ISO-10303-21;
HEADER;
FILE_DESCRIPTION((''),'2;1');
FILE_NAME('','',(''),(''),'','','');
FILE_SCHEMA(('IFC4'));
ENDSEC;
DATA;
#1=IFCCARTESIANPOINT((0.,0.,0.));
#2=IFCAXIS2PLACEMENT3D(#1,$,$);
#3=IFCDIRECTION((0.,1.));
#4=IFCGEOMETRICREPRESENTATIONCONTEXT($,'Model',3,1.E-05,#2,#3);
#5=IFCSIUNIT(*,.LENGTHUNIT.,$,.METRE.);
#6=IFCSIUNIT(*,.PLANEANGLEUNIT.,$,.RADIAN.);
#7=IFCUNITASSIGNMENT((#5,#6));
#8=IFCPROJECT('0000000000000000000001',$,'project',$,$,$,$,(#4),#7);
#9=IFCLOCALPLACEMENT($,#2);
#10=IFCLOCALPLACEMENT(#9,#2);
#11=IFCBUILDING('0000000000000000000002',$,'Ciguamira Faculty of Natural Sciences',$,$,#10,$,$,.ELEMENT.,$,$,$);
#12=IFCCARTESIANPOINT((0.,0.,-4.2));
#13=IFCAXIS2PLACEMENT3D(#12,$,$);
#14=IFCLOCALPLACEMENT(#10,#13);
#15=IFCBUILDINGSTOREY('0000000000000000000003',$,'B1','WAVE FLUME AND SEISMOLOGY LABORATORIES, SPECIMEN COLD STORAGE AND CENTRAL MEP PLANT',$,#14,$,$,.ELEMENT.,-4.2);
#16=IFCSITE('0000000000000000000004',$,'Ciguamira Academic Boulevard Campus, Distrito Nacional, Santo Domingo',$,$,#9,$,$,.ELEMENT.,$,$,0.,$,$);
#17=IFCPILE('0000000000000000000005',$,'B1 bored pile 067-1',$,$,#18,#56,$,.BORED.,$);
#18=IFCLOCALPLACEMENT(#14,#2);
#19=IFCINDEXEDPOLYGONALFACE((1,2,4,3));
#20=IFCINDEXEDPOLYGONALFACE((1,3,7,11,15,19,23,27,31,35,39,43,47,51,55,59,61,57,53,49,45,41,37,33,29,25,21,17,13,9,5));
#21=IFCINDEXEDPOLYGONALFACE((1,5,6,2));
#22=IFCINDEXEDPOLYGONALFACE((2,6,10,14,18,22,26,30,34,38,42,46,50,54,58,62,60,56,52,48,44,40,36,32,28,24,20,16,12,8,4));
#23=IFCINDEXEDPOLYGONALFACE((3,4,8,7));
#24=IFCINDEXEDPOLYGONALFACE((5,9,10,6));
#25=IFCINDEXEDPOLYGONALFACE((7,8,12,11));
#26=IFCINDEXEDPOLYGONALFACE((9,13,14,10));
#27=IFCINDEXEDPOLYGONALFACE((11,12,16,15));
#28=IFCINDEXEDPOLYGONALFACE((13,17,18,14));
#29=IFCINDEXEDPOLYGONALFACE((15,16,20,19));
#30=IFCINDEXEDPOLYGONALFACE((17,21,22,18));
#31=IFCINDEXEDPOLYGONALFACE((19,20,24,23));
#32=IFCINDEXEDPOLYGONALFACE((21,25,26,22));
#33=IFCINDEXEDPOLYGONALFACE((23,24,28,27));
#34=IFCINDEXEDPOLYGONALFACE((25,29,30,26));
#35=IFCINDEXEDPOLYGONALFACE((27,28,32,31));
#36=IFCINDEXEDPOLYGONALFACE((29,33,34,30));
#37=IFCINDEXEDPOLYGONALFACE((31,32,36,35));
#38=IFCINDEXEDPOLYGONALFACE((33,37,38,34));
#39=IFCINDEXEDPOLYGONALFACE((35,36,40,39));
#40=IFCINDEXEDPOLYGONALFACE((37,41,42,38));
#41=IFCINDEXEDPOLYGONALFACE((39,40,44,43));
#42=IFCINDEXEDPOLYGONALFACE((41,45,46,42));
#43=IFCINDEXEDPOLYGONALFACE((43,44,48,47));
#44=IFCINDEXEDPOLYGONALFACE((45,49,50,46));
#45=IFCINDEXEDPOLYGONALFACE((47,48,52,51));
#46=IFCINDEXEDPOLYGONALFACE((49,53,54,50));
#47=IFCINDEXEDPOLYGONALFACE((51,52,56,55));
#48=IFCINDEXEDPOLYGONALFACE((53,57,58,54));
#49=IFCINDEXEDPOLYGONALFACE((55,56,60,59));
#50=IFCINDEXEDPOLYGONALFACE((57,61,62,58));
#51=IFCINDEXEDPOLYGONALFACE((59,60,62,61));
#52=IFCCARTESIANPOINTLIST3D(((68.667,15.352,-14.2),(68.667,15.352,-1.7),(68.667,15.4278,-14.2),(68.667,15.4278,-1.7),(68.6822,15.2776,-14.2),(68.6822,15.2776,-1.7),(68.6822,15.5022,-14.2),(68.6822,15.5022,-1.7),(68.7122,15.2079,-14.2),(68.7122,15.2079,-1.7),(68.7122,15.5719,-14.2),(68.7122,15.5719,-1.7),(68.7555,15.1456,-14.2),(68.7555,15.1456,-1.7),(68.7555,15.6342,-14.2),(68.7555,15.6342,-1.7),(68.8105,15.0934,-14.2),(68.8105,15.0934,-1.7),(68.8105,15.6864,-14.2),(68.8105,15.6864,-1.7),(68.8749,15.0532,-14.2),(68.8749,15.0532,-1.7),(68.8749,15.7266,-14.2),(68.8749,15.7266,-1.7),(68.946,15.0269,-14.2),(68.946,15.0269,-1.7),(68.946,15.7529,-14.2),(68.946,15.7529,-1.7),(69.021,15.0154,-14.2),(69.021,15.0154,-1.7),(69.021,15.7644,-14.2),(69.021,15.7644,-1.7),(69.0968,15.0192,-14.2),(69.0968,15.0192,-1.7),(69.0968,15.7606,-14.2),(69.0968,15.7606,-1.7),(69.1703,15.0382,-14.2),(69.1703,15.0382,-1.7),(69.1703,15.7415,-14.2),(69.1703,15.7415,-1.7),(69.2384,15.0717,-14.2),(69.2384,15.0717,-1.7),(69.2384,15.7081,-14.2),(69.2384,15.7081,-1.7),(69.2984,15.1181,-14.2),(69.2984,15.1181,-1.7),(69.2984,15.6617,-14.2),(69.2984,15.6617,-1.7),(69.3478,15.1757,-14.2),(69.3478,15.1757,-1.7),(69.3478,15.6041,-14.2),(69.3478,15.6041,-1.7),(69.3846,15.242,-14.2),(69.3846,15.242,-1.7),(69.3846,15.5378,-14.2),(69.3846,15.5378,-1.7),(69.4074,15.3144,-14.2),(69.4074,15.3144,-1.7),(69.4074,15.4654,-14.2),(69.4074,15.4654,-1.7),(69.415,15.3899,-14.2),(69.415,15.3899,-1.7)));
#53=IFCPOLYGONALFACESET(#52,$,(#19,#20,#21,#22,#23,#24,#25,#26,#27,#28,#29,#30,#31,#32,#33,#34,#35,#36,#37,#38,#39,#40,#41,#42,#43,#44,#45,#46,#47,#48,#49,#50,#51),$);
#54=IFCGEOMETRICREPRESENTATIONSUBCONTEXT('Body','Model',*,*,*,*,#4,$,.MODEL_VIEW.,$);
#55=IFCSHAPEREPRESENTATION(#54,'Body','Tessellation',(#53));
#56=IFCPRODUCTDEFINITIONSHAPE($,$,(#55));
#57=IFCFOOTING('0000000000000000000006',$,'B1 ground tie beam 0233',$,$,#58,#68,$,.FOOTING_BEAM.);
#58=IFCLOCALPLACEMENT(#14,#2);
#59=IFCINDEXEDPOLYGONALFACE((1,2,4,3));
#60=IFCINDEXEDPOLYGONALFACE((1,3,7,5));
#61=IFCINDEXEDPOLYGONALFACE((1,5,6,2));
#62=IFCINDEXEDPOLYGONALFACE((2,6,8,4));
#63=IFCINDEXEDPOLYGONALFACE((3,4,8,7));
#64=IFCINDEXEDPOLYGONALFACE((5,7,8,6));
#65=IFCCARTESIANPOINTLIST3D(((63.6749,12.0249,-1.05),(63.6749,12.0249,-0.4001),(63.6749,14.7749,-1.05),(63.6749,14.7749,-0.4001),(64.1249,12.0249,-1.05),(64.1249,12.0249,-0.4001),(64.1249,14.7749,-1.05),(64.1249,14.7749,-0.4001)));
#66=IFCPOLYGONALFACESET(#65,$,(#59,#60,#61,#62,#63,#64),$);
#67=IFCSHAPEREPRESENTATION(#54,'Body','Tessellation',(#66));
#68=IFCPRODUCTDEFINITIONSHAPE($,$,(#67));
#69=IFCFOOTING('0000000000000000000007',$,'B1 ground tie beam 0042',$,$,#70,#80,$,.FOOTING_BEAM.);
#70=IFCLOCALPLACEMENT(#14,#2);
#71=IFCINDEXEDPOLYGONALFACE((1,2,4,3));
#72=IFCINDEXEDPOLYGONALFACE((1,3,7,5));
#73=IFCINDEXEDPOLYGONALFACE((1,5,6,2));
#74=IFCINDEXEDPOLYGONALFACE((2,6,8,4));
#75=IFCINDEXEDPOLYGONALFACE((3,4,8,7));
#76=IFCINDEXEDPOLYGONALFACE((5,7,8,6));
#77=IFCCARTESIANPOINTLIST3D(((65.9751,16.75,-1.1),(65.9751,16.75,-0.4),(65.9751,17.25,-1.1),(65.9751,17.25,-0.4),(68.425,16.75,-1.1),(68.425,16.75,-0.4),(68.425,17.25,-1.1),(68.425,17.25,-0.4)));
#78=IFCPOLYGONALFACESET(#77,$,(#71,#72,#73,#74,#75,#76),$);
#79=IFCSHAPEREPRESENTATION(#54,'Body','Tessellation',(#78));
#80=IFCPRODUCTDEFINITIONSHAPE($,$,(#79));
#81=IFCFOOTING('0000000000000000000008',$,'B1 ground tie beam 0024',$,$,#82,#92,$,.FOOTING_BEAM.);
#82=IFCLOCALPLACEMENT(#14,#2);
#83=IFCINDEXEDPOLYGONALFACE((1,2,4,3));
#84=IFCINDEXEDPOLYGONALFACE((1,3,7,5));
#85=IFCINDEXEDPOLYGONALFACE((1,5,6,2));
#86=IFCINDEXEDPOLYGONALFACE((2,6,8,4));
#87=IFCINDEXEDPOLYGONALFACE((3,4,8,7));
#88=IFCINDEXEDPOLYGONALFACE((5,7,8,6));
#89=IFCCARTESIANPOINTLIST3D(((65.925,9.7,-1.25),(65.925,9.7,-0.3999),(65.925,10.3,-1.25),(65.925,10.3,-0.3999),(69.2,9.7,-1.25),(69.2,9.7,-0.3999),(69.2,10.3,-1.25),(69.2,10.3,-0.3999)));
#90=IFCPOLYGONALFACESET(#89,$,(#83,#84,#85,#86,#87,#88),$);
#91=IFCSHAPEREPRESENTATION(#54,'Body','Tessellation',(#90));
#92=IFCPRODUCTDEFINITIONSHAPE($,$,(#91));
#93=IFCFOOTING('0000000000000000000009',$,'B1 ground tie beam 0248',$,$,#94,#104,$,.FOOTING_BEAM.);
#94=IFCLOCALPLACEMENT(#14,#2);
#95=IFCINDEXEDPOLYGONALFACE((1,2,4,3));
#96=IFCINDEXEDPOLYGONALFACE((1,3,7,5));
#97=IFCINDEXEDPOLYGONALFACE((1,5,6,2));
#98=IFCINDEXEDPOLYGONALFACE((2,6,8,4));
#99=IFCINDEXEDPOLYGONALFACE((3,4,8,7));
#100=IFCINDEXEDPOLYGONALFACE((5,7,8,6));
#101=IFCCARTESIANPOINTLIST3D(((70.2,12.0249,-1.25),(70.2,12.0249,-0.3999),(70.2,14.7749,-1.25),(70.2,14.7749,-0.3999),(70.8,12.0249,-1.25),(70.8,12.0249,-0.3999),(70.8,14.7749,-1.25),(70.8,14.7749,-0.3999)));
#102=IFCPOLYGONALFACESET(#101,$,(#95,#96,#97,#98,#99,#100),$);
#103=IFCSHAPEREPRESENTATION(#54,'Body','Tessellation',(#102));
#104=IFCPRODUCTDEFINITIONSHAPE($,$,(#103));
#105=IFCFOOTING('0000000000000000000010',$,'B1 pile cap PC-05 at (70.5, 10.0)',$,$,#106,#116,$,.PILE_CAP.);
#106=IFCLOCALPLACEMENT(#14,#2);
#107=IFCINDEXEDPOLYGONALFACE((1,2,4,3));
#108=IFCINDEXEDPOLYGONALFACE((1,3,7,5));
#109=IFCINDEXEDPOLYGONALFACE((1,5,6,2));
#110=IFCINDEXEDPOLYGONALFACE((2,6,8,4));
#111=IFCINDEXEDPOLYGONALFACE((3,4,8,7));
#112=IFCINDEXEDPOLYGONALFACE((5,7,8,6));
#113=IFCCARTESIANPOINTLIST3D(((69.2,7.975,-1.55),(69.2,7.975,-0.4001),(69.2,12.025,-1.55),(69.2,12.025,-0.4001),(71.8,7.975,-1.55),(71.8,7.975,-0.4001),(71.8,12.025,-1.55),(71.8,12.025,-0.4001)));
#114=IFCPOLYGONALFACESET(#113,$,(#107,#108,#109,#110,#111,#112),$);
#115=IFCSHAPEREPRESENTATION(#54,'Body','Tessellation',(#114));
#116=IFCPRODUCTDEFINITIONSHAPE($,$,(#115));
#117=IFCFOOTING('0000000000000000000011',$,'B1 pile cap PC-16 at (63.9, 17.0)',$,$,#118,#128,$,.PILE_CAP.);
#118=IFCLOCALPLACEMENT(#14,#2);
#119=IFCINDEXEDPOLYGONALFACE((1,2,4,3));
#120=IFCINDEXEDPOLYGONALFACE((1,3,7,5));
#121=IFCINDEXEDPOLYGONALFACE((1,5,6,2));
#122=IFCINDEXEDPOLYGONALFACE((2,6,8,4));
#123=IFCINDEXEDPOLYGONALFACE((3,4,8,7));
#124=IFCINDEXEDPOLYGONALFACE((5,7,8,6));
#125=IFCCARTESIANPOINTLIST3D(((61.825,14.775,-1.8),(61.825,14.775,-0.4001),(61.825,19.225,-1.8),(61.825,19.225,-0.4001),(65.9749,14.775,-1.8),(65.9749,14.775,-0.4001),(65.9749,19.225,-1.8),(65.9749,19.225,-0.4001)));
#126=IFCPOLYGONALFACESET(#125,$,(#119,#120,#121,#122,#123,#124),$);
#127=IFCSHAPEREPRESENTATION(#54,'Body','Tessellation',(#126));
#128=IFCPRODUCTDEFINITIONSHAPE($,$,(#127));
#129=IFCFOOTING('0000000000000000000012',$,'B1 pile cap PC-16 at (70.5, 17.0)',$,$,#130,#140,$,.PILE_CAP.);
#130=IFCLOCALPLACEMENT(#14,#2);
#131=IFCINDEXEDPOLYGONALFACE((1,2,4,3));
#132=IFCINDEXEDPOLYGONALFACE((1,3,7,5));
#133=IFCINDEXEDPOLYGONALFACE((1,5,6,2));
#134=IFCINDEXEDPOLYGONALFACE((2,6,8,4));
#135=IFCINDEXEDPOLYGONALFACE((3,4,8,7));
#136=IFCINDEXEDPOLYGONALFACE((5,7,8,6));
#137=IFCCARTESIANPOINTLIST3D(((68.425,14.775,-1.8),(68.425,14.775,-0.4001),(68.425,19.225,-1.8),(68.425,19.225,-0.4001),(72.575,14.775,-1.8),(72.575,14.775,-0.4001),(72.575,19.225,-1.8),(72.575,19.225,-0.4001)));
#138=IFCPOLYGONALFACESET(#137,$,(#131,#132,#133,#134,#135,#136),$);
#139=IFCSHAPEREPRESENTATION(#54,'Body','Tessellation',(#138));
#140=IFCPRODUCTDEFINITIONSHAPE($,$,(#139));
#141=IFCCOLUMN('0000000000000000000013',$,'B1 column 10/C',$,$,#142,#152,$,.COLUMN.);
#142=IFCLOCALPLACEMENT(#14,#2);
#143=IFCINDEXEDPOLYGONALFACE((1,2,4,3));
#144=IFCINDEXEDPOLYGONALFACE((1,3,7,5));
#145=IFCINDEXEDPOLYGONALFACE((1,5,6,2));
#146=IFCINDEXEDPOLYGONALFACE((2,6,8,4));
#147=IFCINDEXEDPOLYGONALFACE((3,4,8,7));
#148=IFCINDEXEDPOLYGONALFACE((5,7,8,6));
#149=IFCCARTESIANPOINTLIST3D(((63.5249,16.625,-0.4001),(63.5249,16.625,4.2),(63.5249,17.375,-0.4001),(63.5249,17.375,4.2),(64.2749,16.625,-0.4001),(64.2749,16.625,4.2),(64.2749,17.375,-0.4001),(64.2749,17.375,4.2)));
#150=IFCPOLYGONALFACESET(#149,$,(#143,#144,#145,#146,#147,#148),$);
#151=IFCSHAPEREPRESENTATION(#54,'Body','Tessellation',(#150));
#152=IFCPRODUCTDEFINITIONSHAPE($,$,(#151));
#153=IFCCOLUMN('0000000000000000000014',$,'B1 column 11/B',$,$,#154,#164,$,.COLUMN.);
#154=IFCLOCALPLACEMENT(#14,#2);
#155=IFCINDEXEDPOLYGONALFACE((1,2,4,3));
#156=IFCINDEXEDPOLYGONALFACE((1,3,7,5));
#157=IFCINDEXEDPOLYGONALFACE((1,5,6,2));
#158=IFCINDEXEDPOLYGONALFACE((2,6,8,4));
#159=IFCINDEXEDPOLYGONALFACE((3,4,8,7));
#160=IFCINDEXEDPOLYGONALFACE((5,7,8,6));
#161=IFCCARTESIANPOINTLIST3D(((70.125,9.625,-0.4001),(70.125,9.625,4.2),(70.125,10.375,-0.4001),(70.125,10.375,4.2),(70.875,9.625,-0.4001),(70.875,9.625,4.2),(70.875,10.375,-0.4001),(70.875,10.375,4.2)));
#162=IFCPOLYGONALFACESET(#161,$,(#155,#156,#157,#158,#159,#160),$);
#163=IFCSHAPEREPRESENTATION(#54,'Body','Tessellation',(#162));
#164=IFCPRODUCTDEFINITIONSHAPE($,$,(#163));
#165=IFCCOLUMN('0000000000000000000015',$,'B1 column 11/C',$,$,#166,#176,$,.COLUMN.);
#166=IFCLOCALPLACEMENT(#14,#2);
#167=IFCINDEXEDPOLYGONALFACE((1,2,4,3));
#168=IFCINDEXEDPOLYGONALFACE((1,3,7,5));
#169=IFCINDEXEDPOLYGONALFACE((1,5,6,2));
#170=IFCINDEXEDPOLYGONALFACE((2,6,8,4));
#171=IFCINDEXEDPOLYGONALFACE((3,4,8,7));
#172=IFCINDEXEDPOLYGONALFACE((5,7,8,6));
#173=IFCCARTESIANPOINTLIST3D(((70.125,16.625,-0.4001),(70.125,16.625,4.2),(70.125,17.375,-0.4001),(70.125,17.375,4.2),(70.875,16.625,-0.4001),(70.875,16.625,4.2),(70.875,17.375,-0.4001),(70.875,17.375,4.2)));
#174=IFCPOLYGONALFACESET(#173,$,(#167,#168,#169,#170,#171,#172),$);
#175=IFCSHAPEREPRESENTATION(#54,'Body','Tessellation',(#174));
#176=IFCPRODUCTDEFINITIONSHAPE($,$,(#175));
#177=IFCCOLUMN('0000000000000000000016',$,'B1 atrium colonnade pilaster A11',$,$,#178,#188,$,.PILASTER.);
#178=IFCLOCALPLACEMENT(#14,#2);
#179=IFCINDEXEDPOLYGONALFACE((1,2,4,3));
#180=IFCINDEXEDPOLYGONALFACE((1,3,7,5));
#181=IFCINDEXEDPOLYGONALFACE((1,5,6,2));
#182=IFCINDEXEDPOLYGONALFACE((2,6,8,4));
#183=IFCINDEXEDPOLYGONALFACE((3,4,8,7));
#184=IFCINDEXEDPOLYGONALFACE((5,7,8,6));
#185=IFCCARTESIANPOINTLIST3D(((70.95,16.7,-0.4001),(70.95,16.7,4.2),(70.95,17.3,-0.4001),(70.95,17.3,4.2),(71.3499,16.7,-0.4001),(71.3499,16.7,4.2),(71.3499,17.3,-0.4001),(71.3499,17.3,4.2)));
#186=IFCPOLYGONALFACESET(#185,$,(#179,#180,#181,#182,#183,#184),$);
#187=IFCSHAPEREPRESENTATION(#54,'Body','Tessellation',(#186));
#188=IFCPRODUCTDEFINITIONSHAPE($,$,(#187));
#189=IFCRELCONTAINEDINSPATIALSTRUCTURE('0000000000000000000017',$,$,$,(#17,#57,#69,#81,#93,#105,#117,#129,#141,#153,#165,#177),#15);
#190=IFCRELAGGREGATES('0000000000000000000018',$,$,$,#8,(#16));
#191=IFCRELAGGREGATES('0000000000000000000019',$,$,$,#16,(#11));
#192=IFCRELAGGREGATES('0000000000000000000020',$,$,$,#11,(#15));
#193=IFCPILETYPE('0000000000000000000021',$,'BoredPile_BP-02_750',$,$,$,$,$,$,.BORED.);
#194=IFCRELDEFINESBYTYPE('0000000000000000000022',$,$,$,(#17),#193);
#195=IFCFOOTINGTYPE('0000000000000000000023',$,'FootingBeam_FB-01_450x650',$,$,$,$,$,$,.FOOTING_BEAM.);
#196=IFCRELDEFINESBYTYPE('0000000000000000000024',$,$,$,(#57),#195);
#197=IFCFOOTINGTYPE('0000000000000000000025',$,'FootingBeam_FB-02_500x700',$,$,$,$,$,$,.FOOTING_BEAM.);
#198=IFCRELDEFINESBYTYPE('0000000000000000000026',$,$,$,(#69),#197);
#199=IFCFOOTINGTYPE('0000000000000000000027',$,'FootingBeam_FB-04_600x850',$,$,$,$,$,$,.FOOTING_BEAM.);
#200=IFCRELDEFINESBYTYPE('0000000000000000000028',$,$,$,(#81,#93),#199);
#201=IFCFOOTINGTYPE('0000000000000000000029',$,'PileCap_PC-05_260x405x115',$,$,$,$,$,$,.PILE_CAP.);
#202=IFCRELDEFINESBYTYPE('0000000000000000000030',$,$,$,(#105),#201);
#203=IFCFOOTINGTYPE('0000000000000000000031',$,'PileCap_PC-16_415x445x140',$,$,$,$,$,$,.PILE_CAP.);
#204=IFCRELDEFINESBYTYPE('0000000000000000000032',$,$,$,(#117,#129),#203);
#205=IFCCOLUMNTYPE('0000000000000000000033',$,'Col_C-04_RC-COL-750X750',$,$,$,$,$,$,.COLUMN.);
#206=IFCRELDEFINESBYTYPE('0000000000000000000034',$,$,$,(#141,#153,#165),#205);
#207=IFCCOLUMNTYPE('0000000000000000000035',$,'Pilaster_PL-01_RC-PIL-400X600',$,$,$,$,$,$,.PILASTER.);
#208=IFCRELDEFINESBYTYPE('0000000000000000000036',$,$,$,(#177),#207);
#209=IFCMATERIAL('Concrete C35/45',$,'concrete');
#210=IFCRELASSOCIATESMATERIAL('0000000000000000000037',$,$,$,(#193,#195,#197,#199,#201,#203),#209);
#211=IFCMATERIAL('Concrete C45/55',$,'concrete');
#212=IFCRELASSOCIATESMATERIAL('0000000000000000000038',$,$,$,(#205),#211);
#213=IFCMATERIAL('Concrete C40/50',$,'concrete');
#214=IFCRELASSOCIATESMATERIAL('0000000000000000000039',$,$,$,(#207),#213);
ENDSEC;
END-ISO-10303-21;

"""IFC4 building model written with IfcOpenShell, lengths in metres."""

from ifc_helpers import new_model, si_unit, direction, frame, origin, origin_2d, place, context, subcontext, project, spatial, rectangle, circle, extrude, material, material_profile, profile_set, type_object, element, save


model = new_model("IFC4")

# Units and contexts
model_context = context("Model", 3, precision=1e-05, world=origin(), true_north=direction((0.0, 1.0)))
body_context = subcontext(model_context, "Body", "Model", "MODEL_VIEW")
ifc_project = project(units=[si_unit("LENGTHUNIT", "METRE"), si_unit("PLANEANGLEUNIT", "RADIAN")], contexts=[model_context])

# Site, building, storey
site_placement = place(None, origin())
site = spatial("IfcSite", under=ifc_project, at=site_placement, Name="Ciguamira Academic Boulevard Campus, Distrito Nacional, Santo Domingo", CompositionType="ELEMENT", RefElevation=0.0)
building_placement = place(site_placement, origin())
building = spatial("IfcBuilding", under=site, at=building_placement, Name="Ciguamira Faculty of Natural Sciences", CompositionType="ELEMENT")
storey_placement = place(building_placement, frame((0.0, 0.0, -4.2)))
storey = spatial("IfcBuildingStorey", under=building, at=storey_placement, Name="B1", Description="WAVE FLUME AND SEISMOLOGY LABORATORIES, SPECIMEN COLD STORAGE AND CENTRAL MEP PLANT", CompositionType="ELEMENT", Elevation=-4.2)

# Pile
ifc_material_1 = material(Name="Concrete C35/45", Category="concrete")
ifc_material_profile_1 = material_profile(ifc_material_1, circle(Radius=0.375, at=origin_2d()), Name="PILE-BORED-750")
ifc_profile_set_1 = profile_set([ifc_material_profile_1], Name="Concrete C35/45")
pile_type = type_object("IfcPileType", Name="BoredPile_BP-02_750", PredefinedType="BORED", material=ifc_profile_set_1)
pile_1_placement = place(storey_placement, frame((69.04, 15.3899, -1.7), z_axis=(0.0, 0.0, -1.0), x_axis=(1.0, 0.0, 0.0)))
element("IfcPile", 1, at=pile_1_placement, inside=storey, type_object=pile_type, Name="B1 bored pile 067-1", PredefinedType="BORED", context=body_context, shape_type="SweptSolid", body=[
    extrude(circle(Radius=0.375, at=origin_2d()), origin(), (0.0, 0.0, 1.0), 12.5),
])

# Footings
ifc_material_profile_2 = material_profile(ifc_material_1, rectangle(XDim=0.45, YDim=0.6499, at=origin_2d()), Name="RC-FB-450X650")
ifc_profile_set_2 = profile_set([ifc_material_profile_2], Name="Concrete C35/45")
footing_type_1 = type_object("IfcFootingType", Name="FootingBeam_FB-01_450x650", PredefinedType="FOOTING_BEAM", material=ifc_profile_set_2)
footing_1_placement = place(storey_placement, frame((63.8999, 12.0249, -0.7251), z_axis=(0.0, 1.0, 0.0), x_axis=(-1.0, 0.0, 0.0)))
element("IfcFooting", 2, at=footing_1_placement, inside=storey, type_object=footing_type_1, Name="B1 ground tie beam 0233", PredefinedType="FOOTING_BEAM", context=body_context, shape_type="SweptSolid", body=[
    extrude(rectangle(XDim=0.45, YDim=0.6499, at=origin_2d()), origin(), (0.0, 0.0, 1.0), 2.75),
])
ifc_material_profile_3 = material_profile(ifc_material_1, rectangle(XDim=0.5, YDim=0.7, at=origin_2d()), Name="RC-FB-500X700")
ifc_profile_set_3 = profile_set([ifc_material_profile_3], Name="Concrete C35/45")
footing_type_2 = type_object("IfcFootingType", Name="FootingBeam_FB-02_500x700", PredefinedType="FOOTING_BEAM", material=ifc_profile_set_3)
footing_2_placement = place(storey_placement, frame((65.9751, 17.0, -0.75), z_axis=(1.0, 0.0, 0.0), x_axis=(0.0, 1.0, 0.0)))
element("IfcFooting", 3, at=footing_2_placement, inside=storey, type_object=footing_type_2, Name="B1 ground tie beam 0042", PredefinedType="FOOTING_BEAM", context=body_context, shape_type="SweptSolid", body=[
    extrude(rectangle(XDim=0.5, YDim=0.7, at=origin_2d()), origin(), (0.0, 0.0, 1.0), 2.45),
])
ifc_material_profile_4 = material_profile(ifc_material_1, rectangle(XDim=0.6001, YDim=0.8501, at=origin_2d()), Name="RC-FB-600X850")
ifc_profile_set_4 = profile_set([ifc_material_profile_4], Name="Concrete C35/45")
footing_type_3 = type_object("IfcFootingType", Name="FootingBeam_FB-04_600x850", PredefinedType="FOOTING_BEAM", material=ifc_profile_set_4)
footing_3_placement = place(storey_placement, frame((65.925, 10.0, -0.825), z_axis=(1.0, 0.0, 0.0), x_axis=(0.0, 1.0, 0.0)))
element("IfcFooting", 4, at=footing_3_placement, inside=storey, type_object=footing_type_3, Name="B1 ground tie beam 0024", PredefinedType="FOOTING_BEAM", context=body_context, shape_type="SweptSolid", body=[
    extrude(rectangle(XDim=0.6001, YDim=0.8501, at=origin_2d()), origin(), (0.0, 0.0, 1.0), 3.2749),
])
footing_4_placement = place(storey_placement, frame((70.5, 12.0249, -0.825), z_axis=(0.0, 1.0, 0.0), x_axis=(-1.0, 0.0, 0.0)))
element("IfcFooting", 5, at=footing_4_placement, inside=storey, type_object=footing_type_3, Name="B1 ground tie beam 0248", PredefinedType="FOOTING_BEAM", context=body_context, shape_type="SweptSolid", body=[
    extrude(rectangle(XDim=0.6001, YDim=0.8501, at=origin_2d()), origin(), (0.0, 0.0, 1.0), 2.75),
])
footing_type_4 = type_object("IfcFootingType", Name="PileCap_PC-05_260x405x115", PredefinedType="PILE_CAP", material=ifc_material_1)
footing_5_placement = place(storey_placement, frame((70.5, 10.0, -1.55), z_axis=(0.0, 0.0, 1.0), x_axis=(1.0, 0.0, 0.0)))
element("IfcFooting", 6, at=footing_5_placement, inside=storey, type_object=footing_type_4, Name="B1 pile cap PC-05 at (70.5, 10.0)", PredefinedType="PILE_CAP", context=body_context, shape_type="SweptSolid", body=[
    extrude(rectangle(XDim=2.6001, YDim=4.05, at=origin_2d()), origin(), (0.0, 0.0, 1.0), 1.1499),
])
footing_type_5 = type_object("IfcFootingType", Name="PileCap_PC-16_415x445x140", PredefinedType="PILE_CAP", material=ifc_material_1)
for number, where, z_axis, x_axis, name in (
    (7, (63.8999, 17.0, -1.8), (0.0, 0.0, 1.0), (1.0, 0.0, 0.0), "B1 pile cap PC-16 at (63.9, 17.0)"),
    (8, (70.5, 17.0, -1.8), (0.0, 0.0, 1.0), (1.0, 0.0, 0.0), "B1 pile cap PC-16 at (70.5, 17.0)"),
):
    element("IfcFooting", number, at=place(storey_placement, frame(where, z_axis=z_axis, x_axis=x_axis)), inside=storey, type_object=footing_type_5, Name=name, PredefinedType="PILE_CAP", context=body_context, shape_type="SweptSolid", body=[
        extrude(rectangle(XDim=4.1499, YDim=4.45, at=origin_2d()), origin(), (0.0, 0.0, 1.0), 1.3999),
    ])

# Columns
ifc_material_2 = material(Name="Concrete C45/55", Category="concrete")
ifc_material_profile_5 = material_profile(ifc_material_2, rectangle(XDim=0.75, YDim=0.75, at=origin_2d()), Name="RC-COL-750X750")
ifc_profile_set_5 = profile_set([ifc_material_profile_5], Name="Concrete C45/55")
column_type_1 = type_object("IfcColumnType", Name="Col_C-04_RC-COL-750X750", PredefinedType="COLUMN", material=ifc_profile_set_5)
for number, where, z_axis, x_axis, name in (
    (9, (63.8999, 17.0, -0.4001), (0.0, 0.0, 1.0), (1.0, 0.0, 0.0), "B1 column 10/C"),
    (10, (70.5, 10.0, -0.4001), (0.0, 0.0, 1.0), (1.0, 0.0, 0.0), "B1 column 11/B"),
    (11, (70.5, 17.0, -0.4001), (0.0, 0.0, 1.0), (1.0, 0.0, 0.0), "B1 column 11/C"),
):
    element("IfcColumn", number, at=place(storey_placement, frame(where, z_axis=z_axis, x_axis=x_axis)), inside=storey, type_object=column_type_1, Name=name, PredefinedType="COLUMN", context=body_context, shape_type="SweptSolid", body=[
        extrude(rectangle(XDim=0.75, YDim=0.75, at=origin_2d()), origin(), (0.0, 0.0, 1.0), 4.6001),
    ])
ifc_material_3 = material(Name="Concrete C40/50", Category="concrete")
ifc_material_profile_6 = material_profile(ifc_material_3, rectangle(XDim=0.3999, YDim=0.6001, at=origin_2d()), Name="RC-PIL-400X600")
ifc_profile_set_6 = profile_set([ifc_material_profile_6], Name="Concrete C40/50")
column_type_2 = type_object("IfcColumnType", Name="Pilaster_PL-01_RC-PIL-400X600", PredefinedType="PILASTER", material=ifc_profile_set_6)
column_placement = place(storey_placement, frame((71.1499, 17.0, -0.4001), z_axis=(0.0, 0.0, 1.0), x_axis=(1.0, 0.0, 0.0)))
element("IfcColumn", 12, at=column_placement, inside=storey, type_object=column_type_2, Name="B1 atrium colonnade pilaster A11", PredefinedType="PILASTER", context=body_context, shape_type="SweptSolid", body=[
    extrude(rectangle(XDim=0.3999, YDim=0.6001, at=origin_2d()), origin(), (0.0, 0.0, 1.0), 4.6001),
])

save(model, "model.ifc")
